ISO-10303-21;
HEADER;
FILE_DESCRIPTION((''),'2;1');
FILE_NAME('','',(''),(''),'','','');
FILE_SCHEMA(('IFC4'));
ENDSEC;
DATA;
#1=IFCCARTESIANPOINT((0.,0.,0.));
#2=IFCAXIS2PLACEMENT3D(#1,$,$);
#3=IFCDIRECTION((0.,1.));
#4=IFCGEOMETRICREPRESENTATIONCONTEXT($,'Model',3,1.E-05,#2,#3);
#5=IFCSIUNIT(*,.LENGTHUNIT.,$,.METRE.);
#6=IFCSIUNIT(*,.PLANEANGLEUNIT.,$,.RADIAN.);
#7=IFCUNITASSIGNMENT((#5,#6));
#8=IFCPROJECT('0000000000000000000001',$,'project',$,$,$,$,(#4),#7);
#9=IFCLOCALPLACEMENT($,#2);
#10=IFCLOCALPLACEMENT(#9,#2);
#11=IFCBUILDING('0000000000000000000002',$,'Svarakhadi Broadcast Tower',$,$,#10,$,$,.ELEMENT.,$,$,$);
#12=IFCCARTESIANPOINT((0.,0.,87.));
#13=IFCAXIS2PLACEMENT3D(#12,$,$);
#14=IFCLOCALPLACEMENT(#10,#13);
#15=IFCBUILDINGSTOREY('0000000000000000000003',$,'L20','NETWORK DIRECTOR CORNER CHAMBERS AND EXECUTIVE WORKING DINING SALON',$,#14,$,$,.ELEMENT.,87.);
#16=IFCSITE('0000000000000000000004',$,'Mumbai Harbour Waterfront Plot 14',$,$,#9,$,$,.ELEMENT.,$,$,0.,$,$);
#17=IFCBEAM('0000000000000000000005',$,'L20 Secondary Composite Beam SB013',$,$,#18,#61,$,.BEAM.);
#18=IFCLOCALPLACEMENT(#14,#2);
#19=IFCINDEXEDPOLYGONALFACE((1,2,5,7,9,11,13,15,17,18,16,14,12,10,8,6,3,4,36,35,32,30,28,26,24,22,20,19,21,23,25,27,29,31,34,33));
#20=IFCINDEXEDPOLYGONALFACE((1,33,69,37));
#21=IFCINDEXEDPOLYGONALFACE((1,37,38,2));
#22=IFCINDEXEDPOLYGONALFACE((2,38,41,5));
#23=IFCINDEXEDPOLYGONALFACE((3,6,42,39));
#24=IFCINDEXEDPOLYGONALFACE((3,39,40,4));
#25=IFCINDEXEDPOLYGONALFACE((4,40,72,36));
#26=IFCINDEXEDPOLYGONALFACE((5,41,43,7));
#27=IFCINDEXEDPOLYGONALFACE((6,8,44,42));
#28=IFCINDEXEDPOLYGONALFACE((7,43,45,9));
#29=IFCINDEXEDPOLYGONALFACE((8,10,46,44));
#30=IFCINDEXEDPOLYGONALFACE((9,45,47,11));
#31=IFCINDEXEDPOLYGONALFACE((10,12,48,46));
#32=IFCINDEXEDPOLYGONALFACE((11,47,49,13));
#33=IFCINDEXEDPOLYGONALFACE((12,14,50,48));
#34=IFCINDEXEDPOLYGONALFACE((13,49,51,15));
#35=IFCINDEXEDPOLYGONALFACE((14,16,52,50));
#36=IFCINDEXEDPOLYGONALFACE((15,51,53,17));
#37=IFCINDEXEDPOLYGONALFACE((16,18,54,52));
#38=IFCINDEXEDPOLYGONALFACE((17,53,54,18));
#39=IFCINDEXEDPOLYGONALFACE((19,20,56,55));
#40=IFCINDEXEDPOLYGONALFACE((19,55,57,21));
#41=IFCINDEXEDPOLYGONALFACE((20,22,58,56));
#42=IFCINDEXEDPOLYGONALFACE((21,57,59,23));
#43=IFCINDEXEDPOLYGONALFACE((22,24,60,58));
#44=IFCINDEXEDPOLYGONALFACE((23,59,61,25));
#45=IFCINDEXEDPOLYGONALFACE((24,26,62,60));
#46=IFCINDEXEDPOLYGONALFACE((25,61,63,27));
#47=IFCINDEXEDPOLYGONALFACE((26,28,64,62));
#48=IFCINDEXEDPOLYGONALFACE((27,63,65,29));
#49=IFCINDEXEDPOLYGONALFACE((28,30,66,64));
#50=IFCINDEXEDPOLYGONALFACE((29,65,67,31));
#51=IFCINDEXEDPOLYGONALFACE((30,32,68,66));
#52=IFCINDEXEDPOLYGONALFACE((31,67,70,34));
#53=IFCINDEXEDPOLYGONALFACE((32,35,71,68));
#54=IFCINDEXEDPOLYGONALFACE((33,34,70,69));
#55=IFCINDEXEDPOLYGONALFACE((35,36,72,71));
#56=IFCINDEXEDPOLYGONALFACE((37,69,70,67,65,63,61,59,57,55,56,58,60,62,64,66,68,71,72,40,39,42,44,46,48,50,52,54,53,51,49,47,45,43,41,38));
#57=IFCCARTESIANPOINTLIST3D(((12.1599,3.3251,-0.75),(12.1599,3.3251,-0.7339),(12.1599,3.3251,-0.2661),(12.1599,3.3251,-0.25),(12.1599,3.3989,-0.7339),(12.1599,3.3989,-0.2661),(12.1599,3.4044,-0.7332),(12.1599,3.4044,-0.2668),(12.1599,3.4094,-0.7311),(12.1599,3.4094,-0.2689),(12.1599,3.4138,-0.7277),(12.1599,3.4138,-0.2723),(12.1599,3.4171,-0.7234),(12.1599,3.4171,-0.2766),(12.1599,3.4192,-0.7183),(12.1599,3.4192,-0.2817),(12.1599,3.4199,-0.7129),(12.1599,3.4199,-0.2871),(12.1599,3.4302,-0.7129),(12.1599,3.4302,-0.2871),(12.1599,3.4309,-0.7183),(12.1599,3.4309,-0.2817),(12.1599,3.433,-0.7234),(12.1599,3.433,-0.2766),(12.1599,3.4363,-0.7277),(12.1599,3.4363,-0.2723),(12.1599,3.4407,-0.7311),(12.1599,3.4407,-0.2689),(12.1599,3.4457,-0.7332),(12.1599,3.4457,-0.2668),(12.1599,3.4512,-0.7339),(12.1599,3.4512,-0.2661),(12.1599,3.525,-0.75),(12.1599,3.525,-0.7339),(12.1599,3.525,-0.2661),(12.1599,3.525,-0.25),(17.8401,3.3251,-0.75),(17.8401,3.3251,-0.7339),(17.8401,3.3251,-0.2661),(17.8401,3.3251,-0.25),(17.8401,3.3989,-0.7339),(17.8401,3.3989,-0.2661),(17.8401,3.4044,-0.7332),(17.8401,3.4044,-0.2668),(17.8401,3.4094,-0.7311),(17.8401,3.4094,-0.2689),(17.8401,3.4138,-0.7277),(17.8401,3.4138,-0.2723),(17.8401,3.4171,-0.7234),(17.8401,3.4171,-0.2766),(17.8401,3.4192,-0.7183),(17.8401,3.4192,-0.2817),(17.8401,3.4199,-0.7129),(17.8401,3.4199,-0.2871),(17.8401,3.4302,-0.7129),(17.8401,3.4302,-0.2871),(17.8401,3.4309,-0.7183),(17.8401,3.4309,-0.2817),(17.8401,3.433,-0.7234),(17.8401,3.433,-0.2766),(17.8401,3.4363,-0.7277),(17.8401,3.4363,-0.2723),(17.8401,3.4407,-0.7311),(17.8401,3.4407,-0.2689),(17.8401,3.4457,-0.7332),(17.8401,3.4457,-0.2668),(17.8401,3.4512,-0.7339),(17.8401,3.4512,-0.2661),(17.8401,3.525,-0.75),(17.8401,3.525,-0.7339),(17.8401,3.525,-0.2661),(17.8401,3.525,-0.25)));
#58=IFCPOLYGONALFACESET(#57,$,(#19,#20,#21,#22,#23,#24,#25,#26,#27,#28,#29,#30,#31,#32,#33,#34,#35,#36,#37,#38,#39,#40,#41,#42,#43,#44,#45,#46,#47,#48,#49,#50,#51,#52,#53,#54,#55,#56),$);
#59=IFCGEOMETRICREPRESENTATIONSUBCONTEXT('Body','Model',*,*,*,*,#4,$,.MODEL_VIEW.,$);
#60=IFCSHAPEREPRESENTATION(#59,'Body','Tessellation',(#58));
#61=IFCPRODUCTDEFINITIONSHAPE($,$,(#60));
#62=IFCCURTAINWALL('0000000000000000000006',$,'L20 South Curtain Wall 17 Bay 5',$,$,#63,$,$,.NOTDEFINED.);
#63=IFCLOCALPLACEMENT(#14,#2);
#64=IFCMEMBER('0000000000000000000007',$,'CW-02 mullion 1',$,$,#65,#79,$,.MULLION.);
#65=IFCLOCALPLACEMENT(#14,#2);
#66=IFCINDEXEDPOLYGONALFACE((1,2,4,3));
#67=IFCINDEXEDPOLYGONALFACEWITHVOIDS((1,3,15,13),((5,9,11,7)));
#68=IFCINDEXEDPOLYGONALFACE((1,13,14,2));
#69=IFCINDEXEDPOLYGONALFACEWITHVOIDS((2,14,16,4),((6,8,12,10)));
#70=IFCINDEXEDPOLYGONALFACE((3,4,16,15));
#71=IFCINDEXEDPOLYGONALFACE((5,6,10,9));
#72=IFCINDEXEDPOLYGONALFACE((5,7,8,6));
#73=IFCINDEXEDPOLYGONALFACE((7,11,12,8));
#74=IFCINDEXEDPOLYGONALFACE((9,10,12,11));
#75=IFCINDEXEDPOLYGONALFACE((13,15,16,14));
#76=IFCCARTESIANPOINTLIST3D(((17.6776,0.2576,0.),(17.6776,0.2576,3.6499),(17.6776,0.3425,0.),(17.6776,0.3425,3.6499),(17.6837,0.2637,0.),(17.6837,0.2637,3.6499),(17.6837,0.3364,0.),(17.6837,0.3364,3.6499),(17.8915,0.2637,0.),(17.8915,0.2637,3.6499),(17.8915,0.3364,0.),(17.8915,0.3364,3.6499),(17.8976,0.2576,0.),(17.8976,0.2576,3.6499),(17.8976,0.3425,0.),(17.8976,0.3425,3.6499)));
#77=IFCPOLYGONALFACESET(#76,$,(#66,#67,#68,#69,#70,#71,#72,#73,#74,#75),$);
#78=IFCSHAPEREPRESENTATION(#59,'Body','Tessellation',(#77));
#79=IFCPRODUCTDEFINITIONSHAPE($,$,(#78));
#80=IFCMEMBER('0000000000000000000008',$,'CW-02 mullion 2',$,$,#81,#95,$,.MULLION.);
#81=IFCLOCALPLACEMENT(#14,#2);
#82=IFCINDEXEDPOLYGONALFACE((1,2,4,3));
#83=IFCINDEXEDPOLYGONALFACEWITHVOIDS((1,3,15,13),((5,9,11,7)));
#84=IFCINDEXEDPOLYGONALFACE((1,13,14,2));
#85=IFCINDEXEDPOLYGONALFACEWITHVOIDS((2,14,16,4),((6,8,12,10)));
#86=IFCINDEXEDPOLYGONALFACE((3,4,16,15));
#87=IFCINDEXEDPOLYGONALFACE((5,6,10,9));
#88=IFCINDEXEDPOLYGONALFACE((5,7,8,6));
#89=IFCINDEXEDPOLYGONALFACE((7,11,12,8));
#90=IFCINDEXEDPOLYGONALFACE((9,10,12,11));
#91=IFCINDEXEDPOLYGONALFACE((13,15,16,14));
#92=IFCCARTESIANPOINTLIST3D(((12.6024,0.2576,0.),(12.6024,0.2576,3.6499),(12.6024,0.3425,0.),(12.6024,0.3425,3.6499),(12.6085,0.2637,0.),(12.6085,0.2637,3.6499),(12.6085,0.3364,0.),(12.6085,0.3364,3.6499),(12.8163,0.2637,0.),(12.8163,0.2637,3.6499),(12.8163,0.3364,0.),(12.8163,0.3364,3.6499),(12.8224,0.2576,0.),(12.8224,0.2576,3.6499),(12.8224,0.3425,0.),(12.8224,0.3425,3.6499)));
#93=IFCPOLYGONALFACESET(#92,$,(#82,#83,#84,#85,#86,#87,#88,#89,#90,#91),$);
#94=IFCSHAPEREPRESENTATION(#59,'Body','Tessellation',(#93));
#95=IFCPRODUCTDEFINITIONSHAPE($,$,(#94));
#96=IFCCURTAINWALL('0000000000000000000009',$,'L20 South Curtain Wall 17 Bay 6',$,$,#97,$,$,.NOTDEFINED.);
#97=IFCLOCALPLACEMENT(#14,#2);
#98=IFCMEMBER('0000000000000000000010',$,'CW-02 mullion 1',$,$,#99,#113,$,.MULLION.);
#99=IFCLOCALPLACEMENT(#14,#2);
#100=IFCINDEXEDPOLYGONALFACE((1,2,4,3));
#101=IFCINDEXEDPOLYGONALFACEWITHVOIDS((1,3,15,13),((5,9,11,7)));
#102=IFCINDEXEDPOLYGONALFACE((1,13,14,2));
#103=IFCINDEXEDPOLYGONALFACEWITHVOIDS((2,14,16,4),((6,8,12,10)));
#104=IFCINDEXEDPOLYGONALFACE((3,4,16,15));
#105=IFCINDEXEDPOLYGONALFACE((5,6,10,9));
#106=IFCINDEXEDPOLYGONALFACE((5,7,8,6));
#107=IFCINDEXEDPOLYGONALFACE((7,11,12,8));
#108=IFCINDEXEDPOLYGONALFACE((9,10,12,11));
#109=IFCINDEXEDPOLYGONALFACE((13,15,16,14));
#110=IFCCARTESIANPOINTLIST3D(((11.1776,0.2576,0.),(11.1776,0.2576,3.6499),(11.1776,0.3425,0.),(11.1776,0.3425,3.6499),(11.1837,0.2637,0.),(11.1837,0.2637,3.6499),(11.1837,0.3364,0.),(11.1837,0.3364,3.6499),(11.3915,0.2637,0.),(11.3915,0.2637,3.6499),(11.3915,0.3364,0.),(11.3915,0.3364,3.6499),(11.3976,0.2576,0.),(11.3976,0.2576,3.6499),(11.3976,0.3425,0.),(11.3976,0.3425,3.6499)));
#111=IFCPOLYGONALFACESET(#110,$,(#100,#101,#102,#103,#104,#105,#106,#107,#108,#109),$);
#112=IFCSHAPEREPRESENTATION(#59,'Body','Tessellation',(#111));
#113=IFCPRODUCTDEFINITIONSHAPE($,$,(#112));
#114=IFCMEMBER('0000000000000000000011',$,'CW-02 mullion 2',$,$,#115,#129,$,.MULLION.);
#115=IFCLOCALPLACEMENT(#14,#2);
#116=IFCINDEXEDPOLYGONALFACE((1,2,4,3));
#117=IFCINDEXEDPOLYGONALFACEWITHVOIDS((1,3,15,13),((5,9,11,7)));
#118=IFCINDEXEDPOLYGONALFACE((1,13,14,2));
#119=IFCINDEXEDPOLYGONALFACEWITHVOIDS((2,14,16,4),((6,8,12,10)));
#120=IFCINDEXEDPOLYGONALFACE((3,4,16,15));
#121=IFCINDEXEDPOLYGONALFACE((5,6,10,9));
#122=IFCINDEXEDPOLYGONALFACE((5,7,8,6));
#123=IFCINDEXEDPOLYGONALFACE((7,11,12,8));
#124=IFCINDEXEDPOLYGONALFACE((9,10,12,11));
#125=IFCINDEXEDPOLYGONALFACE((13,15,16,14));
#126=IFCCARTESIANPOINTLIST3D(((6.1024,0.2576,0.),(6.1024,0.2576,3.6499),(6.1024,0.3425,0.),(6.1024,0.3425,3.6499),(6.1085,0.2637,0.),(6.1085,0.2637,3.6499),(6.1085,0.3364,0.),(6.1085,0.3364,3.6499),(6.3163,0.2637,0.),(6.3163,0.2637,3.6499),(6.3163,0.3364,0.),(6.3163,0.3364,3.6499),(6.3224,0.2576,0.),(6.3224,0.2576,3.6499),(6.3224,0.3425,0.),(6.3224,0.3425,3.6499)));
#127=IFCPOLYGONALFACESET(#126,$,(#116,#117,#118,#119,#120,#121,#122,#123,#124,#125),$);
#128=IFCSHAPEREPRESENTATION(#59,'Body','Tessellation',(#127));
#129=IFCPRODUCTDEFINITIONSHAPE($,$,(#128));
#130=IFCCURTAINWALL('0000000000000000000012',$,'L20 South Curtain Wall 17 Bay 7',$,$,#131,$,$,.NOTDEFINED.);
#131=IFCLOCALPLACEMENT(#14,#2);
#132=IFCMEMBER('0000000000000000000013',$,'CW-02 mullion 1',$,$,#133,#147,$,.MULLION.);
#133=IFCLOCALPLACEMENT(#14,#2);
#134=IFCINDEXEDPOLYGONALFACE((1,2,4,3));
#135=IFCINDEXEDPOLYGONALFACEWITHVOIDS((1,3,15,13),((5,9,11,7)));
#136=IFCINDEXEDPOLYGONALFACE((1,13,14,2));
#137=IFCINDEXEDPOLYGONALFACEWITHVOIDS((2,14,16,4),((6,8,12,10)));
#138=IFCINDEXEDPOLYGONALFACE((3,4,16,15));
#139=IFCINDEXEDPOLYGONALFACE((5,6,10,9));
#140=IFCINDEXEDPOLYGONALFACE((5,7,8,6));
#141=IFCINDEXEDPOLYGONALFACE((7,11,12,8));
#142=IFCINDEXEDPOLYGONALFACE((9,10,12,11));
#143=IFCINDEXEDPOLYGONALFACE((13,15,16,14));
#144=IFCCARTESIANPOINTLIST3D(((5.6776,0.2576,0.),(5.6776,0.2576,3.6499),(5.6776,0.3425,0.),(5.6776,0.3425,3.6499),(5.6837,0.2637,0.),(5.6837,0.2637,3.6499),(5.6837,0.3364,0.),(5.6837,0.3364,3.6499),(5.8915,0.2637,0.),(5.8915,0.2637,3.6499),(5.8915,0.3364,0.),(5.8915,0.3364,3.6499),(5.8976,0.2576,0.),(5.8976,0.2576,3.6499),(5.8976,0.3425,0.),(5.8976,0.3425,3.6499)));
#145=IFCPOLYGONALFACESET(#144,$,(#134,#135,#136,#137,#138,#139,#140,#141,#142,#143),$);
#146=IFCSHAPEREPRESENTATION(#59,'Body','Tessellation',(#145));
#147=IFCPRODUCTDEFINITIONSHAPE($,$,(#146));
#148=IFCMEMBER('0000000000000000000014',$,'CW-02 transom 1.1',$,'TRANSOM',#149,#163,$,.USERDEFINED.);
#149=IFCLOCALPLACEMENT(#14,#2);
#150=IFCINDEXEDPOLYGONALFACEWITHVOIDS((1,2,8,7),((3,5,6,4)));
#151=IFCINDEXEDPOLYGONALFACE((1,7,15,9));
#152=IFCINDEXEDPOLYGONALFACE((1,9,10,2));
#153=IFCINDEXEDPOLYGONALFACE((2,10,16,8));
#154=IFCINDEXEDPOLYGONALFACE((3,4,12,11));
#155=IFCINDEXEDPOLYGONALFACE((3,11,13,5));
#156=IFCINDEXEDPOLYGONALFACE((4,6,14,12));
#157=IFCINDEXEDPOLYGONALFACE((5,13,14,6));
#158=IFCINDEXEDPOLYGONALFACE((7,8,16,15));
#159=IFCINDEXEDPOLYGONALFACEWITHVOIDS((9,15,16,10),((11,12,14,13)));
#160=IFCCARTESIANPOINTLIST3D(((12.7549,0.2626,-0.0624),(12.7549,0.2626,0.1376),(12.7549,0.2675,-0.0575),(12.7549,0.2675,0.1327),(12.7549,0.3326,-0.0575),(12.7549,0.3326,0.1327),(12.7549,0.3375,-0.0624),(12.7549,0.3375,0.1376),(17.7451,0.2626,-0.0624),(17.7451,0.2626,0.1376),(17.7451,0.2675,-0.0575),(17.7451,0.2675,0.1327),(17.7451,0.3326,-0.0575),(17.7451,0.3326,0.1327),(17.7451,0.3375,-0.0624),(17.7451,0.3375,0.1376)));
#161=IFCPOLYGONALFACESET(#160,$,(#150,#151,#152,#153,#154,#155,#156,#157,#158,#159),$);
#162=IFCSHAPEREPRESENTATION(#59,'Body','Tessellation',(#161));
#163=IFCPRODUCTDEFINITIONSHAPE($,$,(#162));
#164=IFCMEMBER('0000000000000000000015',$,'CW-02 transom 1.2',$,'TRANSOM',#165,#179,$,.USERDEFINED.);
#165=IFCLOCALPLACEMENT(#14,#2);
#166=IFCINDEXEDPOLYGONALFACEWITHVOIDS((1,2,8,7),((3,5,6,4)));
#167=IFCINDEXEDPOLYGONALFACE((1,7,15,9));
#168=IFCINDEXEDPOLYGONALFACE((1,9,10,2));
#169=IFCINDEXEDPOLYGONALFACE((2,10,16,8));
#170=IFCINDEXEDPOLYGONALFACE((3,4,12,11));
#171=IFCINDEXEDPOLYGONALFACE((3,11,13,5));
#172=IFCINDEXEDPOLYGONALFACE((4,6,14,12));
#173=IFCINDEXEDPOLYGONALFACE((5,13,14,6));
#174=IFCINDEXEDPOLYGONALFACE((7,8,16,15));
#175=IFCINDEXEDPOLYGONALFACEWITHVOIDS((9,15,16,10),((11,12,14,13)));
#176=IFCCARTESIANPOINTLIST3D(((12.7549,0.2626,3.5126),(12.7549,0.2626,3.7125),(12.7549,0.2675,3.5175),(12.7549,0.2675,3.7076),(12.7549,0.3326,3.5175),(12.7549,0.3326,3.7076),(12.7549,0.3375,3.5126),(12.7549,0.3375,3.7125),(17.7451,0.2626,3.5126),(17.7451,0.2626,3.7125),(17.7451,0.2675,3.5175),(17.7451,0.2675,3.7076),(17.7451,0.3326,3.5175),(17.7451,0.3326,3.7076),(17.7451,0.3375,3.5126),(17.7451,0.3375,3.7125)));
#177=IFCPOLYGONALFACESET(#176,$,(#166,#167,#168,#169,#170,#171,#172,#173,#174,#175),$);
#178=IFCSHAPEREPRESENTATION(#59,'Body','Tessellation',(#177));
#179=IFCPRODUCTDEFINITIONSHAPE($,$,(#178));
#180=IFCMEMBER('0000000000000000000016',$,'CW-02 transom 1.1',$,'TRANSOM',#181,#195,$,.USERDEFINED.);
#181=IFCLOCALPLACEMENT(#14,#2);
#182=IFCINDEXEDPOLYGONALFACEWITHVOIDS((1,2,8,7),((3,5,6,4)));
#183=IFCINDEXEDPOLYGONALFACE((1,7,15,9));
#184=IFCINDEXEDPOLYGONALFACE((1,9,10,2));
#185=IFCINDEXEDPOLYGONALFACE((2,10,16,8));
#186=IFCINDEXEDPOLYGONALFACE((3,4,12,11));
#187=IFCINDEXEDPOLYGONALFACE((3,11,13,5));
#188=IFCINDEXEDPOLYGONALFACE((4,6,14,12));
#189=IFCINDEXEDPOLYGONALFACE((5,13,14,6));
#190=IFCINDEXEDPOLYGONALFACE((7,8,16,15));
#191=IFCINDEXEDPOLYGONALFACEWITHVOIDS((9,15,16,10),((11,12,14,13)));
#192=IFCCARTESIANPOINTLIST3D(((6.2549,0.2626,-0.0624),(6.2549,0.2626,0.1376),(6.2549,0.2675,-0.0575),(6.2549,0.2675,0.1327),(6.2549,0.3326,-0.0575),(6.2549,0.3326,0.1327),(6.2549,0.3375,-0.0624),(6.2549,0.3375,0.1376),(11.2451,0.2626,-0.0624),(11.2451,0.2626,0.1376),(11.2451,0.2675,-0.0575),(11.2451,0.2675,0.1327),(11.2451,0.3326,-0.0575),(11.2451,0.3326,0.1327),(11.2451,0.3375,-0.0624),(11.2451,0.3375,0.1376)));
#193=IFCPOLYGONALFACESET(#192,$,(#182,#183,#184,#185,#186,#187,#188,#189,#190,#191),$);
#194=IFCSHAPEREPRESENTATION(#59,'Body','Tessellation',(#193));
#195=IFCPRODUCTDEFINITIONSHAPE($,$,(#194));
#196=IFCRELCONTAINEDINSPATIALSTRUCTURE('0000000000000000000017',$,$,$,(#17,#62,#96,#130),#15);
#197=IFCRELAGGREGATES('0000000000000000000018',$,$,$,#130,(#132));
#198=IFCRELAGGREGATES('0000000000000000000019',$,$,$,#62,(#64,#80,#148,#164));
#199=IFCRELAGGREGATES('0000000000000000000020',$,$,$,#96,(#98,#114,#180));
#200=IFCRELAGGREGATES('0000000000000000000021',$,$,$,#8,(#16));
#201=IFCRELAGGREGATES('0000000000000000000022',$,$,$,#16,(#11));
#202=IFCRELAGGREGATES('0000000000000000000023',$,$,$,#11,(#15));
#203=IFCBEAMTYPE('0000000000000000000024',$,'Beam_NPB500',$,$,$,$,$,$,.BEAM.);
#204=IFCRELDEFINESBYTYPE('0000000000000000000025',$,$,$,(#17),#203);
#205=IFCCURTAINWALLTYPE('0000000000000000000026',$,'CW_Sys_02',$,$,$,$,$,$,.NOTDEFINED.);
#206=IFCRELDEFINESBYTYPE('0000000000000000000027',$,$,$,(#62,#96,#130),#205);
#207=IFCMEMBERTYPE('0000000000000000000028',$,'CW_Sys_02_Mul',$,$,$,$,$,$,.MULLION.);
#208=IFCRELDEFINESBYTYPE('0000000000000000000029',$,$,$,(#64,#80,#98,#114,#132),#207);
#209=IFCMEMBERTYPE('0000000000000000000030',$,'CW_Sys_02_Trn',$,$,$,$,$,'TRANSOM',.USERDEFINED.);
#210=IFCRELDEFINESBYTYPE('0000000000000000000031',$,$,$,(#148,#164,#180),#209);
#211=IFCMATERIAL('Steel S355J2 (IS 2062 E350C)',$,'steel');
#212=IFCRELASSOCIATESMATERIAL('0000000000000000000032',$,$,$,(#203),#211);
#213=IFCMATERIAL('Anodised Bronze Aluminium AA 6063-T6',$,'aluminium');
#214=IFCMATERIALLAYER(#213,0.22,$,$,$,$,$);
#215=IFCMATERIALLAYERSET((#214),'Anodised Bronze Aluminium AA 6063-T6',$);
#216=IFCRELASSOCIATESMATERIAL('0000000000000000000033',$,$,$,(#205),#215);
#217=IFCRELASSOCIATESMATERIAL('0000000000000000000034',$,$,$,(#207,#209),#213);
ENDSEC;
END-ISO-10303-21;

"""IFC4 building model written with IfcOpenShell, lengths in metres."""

from ifc_helpers import new_model, si_unit, direction, frame, origin, origin_2d, place, context, subcontext, project, spatial, hollow_rectangle, i_section, extrude, material, layer, layer_set, material_profile, profile_set, type_object, element, aggregate, save


model = new_model("IFC4")

# Units and contexts
model_context = context("Model", 3, precision=1e-05, world=origin(), true_north=direction((0.0, 1.0)))
body_context = subcontext(model_context, "Body", "Model", "MODEL_VIEW")
ifc_project = project(units=[si_unit("LENGTHUNIT", "METRE"), si_unit("PLANEANGLEUNIT", "RADIAN")], contexts=[model_context])

# Site, building, storey
site_placement = place(None, origin())
site = spatial("IfcSite", under=ifc_project, at=site_placement, Name="Mumbai Harbour Waterfront Plot 14", CompositionType="ELEMENT", RefElevation=0.0)
building_placement = place(site_placement, origin())
building = spatial("IfcBuilding", under=site, at=building_placement, Name="Svarakhadi Broadcast Tower", CompositionType="ELEMENT")
storey_placement = place(building_placement, frame((0.0, 0.0, 87.0)))
storey = spatial("IfcBuildingStorey", under=building, at=storey_placement, Name="L20", Description="NETWORK DIRECTOR CORNER CHAMBERS AND EXECUTIVE WORKING DINING SALON", CompositionType="ELEMENT", Elevation=87.0)

# Beam
ifc_material_1 = material(Name="Steel S355J2 (IS 2062 E350C)", Category="steel")
ifc_material_profile_1 = material_profile(ifc_material_1, i_section(OverallWidth=0.2, OverallDepth=0.5, WebThickness=0.0103, FlangeThickness=0.0161, FilletRadius=0.021, at=origin_2d()), Name="NPB 500x200x91")
ifc_profile_set_1 = profile_set([ifc_material_profile_1], Name="Steel S355J2 (IS 2062 E350C)")
beam_type_1 = type_object("IfcBeamType", Name="Beam_NPB500", PredefinedType="BEAM", material=ifc_profile_set_1)
for number, where, z_axis, x_axis, name in (
    (1, (12.1599, 3.425, -0.5), (1.0, 0.0, 0.0), (0.0, 1.0, 0.0), "L20 Secondary Composite Beam SB013"),
):
    element("IfcBeam", number, at=place(storey_placement, frame(where, z_axis=z_axis, x_axis=x_axis)), inside=storey, type_object=beam_type_1, Name=name, PredefinedType="BEAM", context=body_context, shape_type="SweptSolid", body=[
        extrude(i_section(OverallWidth=0.2, OverallDepth=0.5, WebThickness=0.0103, FlangeThickness=0.0161, FilletRadius=0.021, at=origin_2d()), origin(), (0.0, 0.0, 1.0), 5.6802),
    ])

# Curtain walls, members
ifc_material_2 = material(Name="Anodised Bronze Aluminium AA 6063-T6", Category="aluminium")
ifc_layer_1 = layer(ifc_material_2, 0.22)
ifc_layer_set_1 = layer_set([ifc_layer_1], Name="Anodised Bronze Aluminium AA 6063-T6")
curtain_wall_type = type_object("IfcCurtainWallType", Name="CW_Sys_02", PredefinedType="NOTDEFINED", material=ifc_layer_set_1)
curtain_wall_1_placement = place(storey_placement, origin())
curtain_wall_1 = element("IfcCurtainWall", 2, at=curtain_wall_1_placement, inside=storey, type_object=curtain_wall_type, Name="L20 South Curtain Wall 17 Bay 5", PredefinedType="NOTDEFINED")
ifc_material_profile_2 = material_profile(ifc_material_2, hollow_rectangle(XDim=0.085, YDim=0.22, WallThickness=0.0061, at=origin_2d()), Name="ALU MULLION 220x85x6")
ifc_profile_set_2 = profile_set([ifc_material_profile_2], Name="Anodised Bronze Aluminium AA 6063-T6")
member_type_1 = type_object("IfcMemberType", Name="CW_Sys_02_Mul", PredefinedType="MULLION", material=ifc_profile_set_2)
member_1_placement = place(storey_placement, frame((17.7876, 0.3, 0.0), z_axis=(0.0, 0.0, 1.0), x_axis=(0.0, -1.0, 0.0)))
member_1 = element("IfcMember", 3, at=member_1_placement, type_object=member_type_1, Name="CW-02 mullion 1", PredefinedType="MULLION", context=body_context, shape_type="SweptSolid", body=[
    extrude(hollow_rectangle(XDim=0.085, YDim=0.22, WallThickness=0.0061, at=origin_2d()), origin(), (0.0, 0.0, 1.0), 3.6499),
])
member_2_placement = place(storey_placement, frame((12.7124, 0.3, 0.0), z_axis=(0.0, 0.0, 1.0), x_axis=(0.0, -1.0, 0.0)))
member_2 = element("IfcMember", 4, at=member_2_placement, type_object=member_type_1, Name="CW-02 mullion 2", PredefinedType="MULLION", context=body_context, shape_type="SweptSolid", body=[
    extrude(hollow_rectangle(XDim=0.085, YDim=0.22, WallThickness=0.0061, at=origin_2d()), origin(), (0.0, 0.0, 1.0), 3.6499),
])
curtain_wall_2_placement = place(storey_placement, origin())
curtain_wall_2 = element("IfcCurtainWall", 5, at=curtain_wall_2_placement, inside=storey, type_object=curtain_wall_type, Name="L20 South Curtain Wall 17 Bay 6", PredefinedType="NOTDEFINED")
member_3_placement = place(storey_placement, frame((11.2876, 0.3, 0.0), z_axis=(0.0, 0.0, 1.0), x_axis=(0.0, -1.0, 0.0)))
member_3 = element("IfcMember", 6, at=member_3_placement, type_object=member_type_1, Name="CW-02 mullion 1", PredefinedType="MULLION", context=body_context, shape_type="SweptSolid", body=[
    extrude(hollow_rectangle(XDim=0.085, YDim=0.22, WallThickness=0.0061, at=origin_2d()), origin(), (0.0, 0.0, 1.0), 3.6499),
])
member_4_placement = place(storey_placement, frame((6.2124, 0.3, 0.0), z_axis=(0.0, 0.0, 1.0), x_axis=(0.0, -1.0, 0.0)))
member_4 = element("IfcMember", 7, at=member_4_placement, type_object=member_type_1, Name="CW-02 mullion 2", PredefinedType="MULLION", context=body_context, shape_type="SweptSolid", body=[
    extrude(hollow_rectangle(XDim=0.085, YDim=0.22, WallThickness=0.0061, at=origin_2d()), origin(), (0.0, 0.0, 1.0), 3.6499),
])

# Curtain wall, member
curtain_wall_3_placement = place(storey_placement, origin())
curtain_wall_3 = element("IfcCurtainWall", 8, at=curtain_wall_3_placement, inside=storey, type_object=curtain_wall_type, Name="L20 South Curtain Wall 17 Bay 7", PredefinedType="NOTDEFINED")
member_5_placement = place(storey_placement, frame((5.7876, 0.3, 0.0), z_axis=(0.0, 0.0, 1.0), x_axis=(0.0, -1.0, 0.0)))
member_5 = element("IfcMember", 9, at=member_5_placement, type_object=member_type_1, Name="CW-02 mullion 1", PredefinedType="MULLION", context=body_context, shape_type="SweptSolid", body=[
    extrude(hollow_rectangle(XDim=0.085, YDim=0.22, WallThickness=0.0061, at=origin_2d()), origin(), (0.0, 0.0, 1.0), 3.6499),
])

# Members
ifc_material_profile_3 = material_profile(ifc_material_2, hollow_rectangle(XDim=0.075, YDim=0.2, WallThickness=0.0049, at=origin_2d()), Name="ALU TRANSOM 200x75x5")
ifc_profile_set_3 = profile_set([ifc_material_profile_3], Name="Anodised Bronze Aluminium AA 6063-T6")
member_type_2 = type_object("IfcMemberType", Name="CW_Sys_02_Trn", ElementType="TRANSOM", PredefinedType="USERDEFINED", material=ifc_profile_set_3)
member_6_placement = place(storey_placement, frame((17.7451, 0.3, 0.0376), z_axis=(-1.0, 0.0, 0.0), x_axis=(0.0, -1.0, 0.0)))
member_6 = element("IfcMember", 10, at=member_6_placement, type_object=member_type_2, Name="CW-02 transom 1.1", ObjectType="TRANSOM", PredefinedType="USERDEFINED", context=body_context, shape_type="SweptSolid", body=[
    extrude(hollow_rectangle(XDim=0.075, YDim=0.2, WallThickness=0.0049, at=origin_2d()), origin(), (0.0, 0.0, 1.0), 4.9902),
])
member_7_placement = place(storey_placement, frame((17.7451, 0.3, 3.6125), z_axis=(-1.0, 0.0, 0.0), x_axis=(0.0, -1.0, 0.0)))
member_7 = element("IfcMember", 11, at=member_7_placement, type_object=member_type_2, Name="CW-02 transom 1.2", ObjectType="TRANSOM", PredefinedType="USERDEFINED", context=body_context, shape_type="SweptSolid", body=[
    extrude(hollow_rectangle(XDim=0.075, YDim=0.2, WallThickness=0.0049, at=origin_2d()), origin(), (0.0, 0.0, 1.0), 4.9902),
])
member_8_placement = place(storey_placement, frame((11.2451, 0.3, 0.0376), z_axis=(-1.0, 0.0, 0.0), x_axis=(0.0, -1.0, 0.0)))
member_8 = element("IfcMember", 12, at=member_8_placement, type_object=member_type_2, Name="CW-02 transom 1.1", ObjectType="TRANSOM", PredefinedType="USERDEFINED", context=body_context, shape_type="SweptSolid", body=[
    extrude(hollow_rectangle(XDim=0.075, YDim=0.2, WallThickness=0.0049, at=origin_2d()), origin(), (0.0, 0.0, 1.0), 4.9902),
])
aggregate(curtain_wall_3, [member_5])

aggregate(curtain_wall_1, [member_1, member_2, member_6, member_7])
aggregate(curtain_wall_2, [member_3, member_4, member_8])

save(model, "model.ifc")
